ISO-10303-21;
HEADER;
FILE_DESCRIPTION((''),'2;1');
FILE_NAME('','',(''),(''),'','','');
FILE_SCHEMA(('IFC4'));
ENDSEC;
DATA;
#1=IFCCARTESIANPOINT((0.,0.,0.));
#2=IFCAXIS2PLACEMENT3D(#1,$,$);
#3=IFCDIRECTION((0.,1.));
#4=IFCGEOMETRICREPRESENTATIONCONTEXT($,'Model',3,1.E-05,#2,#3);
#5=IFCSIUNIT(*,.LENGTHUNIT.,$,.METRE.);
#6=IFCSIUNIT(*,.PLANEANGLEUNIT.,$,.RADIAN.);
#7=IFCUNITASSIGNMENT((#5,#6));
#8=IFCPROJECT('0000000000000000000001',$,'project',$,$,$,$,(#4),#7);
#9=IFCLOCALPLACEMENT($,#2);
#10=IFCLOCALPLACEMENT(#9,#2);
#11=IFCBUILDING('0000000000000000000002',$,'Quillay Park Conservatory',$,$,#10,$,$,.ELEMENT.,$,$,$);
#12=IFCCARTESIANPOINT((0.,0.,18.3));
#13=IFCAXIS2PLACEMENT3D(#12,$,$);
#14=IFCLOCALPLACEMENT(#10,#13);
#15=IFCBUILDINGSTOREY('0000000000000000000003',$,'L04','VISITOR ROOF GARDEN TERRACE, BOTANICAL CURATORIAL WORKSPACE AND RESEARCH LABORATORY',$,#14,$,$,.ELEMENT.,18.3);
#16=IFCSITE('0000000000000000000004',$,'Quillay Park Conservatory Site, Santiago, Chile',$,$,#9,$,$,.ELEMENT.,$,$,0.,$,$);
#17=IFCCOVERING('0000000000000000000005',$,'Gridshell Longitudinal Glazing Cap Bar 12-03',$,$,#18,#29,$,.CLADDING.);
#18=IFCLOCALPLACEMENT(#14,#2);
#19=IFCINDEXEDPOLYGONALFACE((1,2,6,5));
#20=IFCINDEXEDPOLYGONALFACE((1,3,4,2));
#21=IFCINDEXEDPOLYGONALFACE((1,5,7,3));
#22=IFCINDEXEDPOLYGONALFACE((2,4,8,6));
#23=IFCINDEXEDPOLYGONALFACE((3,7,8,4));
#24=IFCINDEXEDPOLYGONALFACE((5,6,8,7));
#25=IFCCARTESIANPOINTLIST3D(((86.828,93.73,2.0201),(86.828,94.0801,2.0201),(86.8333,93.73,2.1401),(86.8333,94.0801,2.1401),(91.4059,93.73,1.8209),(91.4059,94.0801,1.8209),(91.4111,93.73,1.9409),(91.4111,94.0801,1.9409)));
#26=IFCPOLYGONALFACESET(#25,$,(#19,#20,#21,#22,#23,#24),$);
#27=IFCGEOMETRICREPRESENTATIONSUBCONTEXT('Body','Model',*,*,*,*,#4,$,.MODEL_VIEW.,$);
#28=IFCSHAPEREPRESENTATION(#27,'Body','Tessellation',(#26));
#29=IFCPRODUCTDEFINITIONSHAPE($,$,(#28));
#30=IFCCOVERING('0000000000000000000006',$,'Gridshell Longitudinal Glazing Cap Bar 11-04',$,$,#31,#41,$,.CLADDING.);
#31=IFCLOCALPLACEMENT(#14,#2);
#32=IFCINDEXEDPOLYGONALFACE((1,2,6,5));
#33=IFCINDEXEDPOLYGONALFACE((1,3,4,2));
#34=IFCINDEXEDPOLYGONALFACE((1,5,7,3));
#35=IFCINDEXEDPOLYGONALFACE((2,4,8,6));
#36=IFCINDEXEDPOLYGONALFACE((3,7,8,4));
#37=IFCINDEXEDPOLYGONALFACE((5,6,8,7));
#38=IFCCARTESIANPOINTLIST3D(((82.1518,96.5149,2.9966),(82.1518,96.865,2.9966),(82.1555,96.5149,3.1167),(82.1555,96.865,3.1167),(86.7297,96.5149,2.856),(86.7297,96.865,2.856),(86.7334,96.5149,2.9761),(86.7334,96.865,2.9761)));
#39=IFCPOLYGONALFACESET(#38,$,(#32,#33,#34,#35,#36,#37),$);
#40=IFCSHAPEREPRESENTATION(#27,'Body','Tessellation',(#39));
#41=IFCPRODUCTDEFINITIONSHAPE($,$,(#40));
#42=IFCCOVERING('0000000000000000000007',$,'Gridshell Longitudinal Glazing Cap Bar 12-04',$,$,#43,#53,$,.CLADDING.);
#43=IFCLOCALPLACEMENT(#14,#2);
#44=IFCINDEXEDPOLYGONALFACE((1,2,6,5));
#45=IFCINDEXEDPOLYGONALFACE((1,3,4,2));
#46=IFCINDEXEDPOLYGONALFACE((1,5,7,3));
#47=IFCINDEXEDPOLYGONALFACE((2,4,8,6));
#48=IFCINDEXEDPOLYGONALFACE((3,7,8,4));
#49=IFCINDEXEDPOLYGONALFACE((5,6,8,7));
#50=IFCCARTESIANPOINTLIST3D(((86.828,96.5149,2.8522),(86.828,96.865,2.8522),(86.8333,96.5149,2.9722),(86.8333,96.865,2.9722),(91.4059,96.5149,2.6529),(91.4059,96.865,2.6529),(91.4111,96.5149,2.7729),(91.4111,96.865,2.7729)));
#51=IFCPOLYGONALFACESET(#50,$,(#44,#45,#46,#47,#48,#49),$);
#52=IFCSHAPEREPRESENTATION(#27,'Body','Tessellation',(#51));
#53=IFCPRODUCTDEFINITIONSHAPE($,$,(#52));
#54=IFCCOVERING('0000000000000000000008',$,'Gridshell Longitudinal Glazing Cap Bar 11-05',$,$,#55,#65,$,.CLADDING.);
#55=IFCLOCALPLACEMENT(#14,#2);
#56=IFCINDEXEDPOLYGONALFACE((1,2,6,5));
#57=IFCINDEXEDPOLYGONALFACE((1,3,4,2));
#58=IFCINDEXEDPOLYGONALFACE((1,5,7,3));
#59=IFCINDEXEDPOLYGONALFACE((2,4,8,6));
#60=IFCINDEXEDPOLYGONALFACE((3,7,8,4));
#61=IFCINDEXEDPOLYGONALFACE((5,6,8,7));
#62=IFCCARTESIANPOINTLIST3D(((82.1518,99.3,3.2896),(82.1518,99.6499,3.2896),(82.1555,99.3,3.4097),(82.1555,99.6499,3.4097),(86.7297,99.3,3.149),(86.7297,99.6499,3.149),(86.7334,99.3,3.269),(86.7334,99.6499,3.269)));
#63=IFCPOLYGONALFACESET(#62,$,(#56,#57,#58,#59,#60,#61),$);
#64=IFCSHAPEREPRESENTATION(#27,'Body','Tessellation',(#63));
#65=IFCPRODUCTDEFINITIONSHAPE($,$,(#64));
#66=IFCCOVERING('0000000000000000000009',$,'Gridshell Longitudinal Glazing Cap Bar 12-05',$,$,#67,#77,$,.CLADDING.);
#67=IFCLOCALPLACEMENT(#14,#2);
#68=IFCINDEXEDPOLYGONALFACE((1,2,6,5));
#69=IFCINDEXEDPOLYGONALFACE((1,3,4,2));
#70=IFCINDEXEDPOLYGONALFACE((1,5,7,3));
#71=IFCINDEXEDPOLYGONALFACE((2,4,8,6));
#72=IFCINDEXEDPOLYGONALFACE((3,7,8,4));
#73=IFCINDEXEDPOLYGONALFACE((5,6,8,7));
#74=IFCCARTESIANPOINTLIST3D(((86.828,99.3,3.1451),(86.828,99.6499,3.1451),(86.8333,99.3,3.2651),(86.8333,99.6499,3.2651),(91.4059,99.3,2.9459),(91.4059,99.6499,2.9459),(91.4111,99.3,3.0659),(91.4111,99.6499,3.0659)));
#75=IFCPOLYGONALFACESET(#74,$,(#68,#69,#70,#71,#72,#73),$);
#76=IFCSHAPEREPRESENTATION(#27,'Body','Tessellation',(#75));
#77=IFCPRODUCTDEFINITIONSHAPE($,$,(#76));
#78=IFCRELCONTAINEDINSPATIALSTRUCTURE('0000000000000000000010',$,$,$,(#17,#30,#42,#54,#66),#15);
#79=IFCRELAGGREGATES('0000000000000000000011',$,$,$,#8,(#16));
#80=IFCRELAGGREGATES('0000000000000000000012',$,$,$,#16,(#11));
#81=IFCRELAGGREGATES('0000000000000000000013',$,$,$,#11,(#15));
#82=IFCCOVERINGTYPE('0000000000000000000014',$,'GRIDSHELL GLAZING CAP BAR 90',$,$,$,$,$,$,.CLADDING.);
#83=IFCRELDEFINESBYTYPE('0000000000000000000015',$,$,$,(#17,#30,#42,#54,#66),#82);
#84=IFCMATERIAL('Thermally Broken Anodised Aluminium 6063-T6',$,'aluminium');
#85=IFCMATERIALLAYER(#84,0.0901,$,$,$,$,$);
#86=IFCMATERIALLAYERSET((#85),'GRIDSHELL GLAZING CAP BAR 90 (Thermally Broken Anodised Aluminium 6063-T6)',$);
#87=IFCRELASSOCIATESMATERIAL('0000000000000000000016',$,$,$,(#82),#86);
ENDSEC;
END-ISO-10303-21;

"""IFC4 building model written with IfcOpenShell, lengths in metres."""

from ifc_helpers import new_model, si_unit, direction, frame, origin, place, context, subcontext, project, spatial, polyline, outline, extrude, material, layer, layer_set, type_object, element, save


model = new_model("IFC4")

# Units and contexts
model_context = context("Model", 3, precision=1e-05, world=origin(), true_north=direction((0.0, 1.0)))
body_context = subcontext(model_context, "Body", "Model", "MODEL_VIEW")
ifc_project = project(units=[si_unit("LENGTHUNIT", "METRE"), si_unit("PLANEANGLEUNIT", "RADIAN")], contexts=[model_context])

# Site, building, storey
site_placement = place(None, origin())
site = spatial("IfcSite", under=ifc_project, at=site_placement, Name="Quillay Park Conservatory Site, Santiago, Chile", CompositionType="ELEMENT", RefElevation=0.0)
building_placement = place(site_placement, origin())
building = spatial("IfcBuilding", under=site, at=building_placement, Name="Quillay Park Conservatory", CompositionType="ELEMENT")
storey_placement = place(building_placement, frame((0.0, 0.0, 18.3)))
storey = spatial("IfcBuildingStorey", under=building, at=storey_placement, Name="L04", Description="VISITOR ROOF GARDEN TERRACE, BOTANICAL CURATORIAL WORKSPACE AND RESEARCH LABORATORY", CompositionType="ELEMENT", Elevation=18.3)

# Coverings
ifc_material_1 = material(Name="Thermally Broken Anodised Aluminium 6063-T6", Category="aluminium")
ifc_layer_1 = layer(ifc_material_1, 0.0901)
ifc_layer_set_1 = layer_set([ifc_layer_1], Name="GRIDSHELL GLAZING CAP BAR 90 (Thermally Broken Anodised Aluminium 6063-T6)")
covering_type = type_object("IfcCoveringType", Name="GRIDSHELL GLAZING CAP BAR 90", PredefinedType="CLADDING", material=ifc_layer_set_1)
covering_1_placement = place(storey_placement, frame((86.8333, 93.73, 2.1401), z_axis=(0.043477, 0.0, 0.999054), x_axis=(0.999054, 0.0, -0.043477)))
element("IfcCovering", 1, at=covering_1_placement, inside=storey, type_object=covering_type, Name="Gridshell Longitudinal Glazing Cap Bar 12-03", PredefinedType="CLADDING", context=body_context, shape_type="SweptSolid", body=[
    extrude(outline(polyline([(0.0, 0.0), (4.5822, 0.0), (4.5822, 0.3501), (0.0, 0.3501), (0.0, 0.0)])), origin(), (0.0, 0.0, -1.0), 0.1201),
])
covering_2_placement = place(storey_placement, frame((82.1555, 96.5149, 3.1167), z_axis=(0.030704, 0.0, 0.999529), x_axis=(0.999529, 0.0, -0.030704)))
element("IfcCovering", 2, at=covering_2_placement, inside=storey, type_object=covering_type, Name="Gridshell Longitudinal Glazing Cap Bar 11-04", PredefinedType="CLADDING", context=body_context, shape_type="SweptSolid", body=[
    extrude(outline(polyline([(0.0, 0.0), (4.58, 0.0), (4.58, 0.3501), (0.0, 0.3501), (0.0, 0.0)])), origin(), (0.0, 0.0, -1.0), 0.1201),
])
covering_3_placement = place(storey_placement, frame((86.8333, 96.5149, 2.9722), z_axis=(0.043477, 0.0, 0.999054), x_axis=(0.999054, 0.0, -0.043477)))
element("IfcCovering", 3, at=covering_3_placement, inside=storey, type_object=covering_type, Name="Gridshell Longitudinal Glazing Cap Bar 12-04", PredefinedType="CLADDING", context=body_context, shape_type="SweptSolid", body=[
    extrude(outline(polyline([(0.0, 0.0), (4.5822, 0.0), (4.5822, 0.3501), (0.0, 0.3501), (0.0, 0.0)])), origin(), (0.0, 0.0, -1.0), 0.1201),
])
covering_4_placement = place(storey_placement, frame((82.1555, 99.3, 3.4097), z_axis=(0.030704, 0.0, 0.999529), x_axis=(0.999529, 0.0, -0.030704)))
element("IfcCovering", 4, at=covering_4_placement, inside=storey, type_object=covering_type, Name="Gridshell Longitudinal Glazing Cap Bar 11-05", PredefinedType="CLADDING", context=body_context, shape_type="SweptSolid", body=[
    extrude(outline(polyline([(0.0, 0.0), (4.58, 0.0), (4.58, 0.3499), (0.0, 0.3499), (0.0, 0.0)])), origin(), (0.0, 0.0, -1.0), 0.1201),
])
covering_5_placement = place(storey_placement, frame((86.8333, 99.3, 3.2651), z_axis=(0.043477, 0.0, 0.999054), x_axis=(0.999054, 0.0, -0.043477)))
element("IfcCovering", 5, at=covering_5_placement, inside=storey, type_object=covering_type, Name="Gridshell Longitudinal Glazing Cap Bar 12-05", PredefinedType="CLADDING", context=body_context, shape_type="SweptSolid", body=[
    extrude(outline(polyline([(0.0, 0.0), (4.5822, 0.0), (4.5822, 0.3499), (0.0, 0.3499), (0.0, 0.0)])), origin(), (0.0, 0.0, -1.0), 0.1201),
])

save(model, "model.ifc")
